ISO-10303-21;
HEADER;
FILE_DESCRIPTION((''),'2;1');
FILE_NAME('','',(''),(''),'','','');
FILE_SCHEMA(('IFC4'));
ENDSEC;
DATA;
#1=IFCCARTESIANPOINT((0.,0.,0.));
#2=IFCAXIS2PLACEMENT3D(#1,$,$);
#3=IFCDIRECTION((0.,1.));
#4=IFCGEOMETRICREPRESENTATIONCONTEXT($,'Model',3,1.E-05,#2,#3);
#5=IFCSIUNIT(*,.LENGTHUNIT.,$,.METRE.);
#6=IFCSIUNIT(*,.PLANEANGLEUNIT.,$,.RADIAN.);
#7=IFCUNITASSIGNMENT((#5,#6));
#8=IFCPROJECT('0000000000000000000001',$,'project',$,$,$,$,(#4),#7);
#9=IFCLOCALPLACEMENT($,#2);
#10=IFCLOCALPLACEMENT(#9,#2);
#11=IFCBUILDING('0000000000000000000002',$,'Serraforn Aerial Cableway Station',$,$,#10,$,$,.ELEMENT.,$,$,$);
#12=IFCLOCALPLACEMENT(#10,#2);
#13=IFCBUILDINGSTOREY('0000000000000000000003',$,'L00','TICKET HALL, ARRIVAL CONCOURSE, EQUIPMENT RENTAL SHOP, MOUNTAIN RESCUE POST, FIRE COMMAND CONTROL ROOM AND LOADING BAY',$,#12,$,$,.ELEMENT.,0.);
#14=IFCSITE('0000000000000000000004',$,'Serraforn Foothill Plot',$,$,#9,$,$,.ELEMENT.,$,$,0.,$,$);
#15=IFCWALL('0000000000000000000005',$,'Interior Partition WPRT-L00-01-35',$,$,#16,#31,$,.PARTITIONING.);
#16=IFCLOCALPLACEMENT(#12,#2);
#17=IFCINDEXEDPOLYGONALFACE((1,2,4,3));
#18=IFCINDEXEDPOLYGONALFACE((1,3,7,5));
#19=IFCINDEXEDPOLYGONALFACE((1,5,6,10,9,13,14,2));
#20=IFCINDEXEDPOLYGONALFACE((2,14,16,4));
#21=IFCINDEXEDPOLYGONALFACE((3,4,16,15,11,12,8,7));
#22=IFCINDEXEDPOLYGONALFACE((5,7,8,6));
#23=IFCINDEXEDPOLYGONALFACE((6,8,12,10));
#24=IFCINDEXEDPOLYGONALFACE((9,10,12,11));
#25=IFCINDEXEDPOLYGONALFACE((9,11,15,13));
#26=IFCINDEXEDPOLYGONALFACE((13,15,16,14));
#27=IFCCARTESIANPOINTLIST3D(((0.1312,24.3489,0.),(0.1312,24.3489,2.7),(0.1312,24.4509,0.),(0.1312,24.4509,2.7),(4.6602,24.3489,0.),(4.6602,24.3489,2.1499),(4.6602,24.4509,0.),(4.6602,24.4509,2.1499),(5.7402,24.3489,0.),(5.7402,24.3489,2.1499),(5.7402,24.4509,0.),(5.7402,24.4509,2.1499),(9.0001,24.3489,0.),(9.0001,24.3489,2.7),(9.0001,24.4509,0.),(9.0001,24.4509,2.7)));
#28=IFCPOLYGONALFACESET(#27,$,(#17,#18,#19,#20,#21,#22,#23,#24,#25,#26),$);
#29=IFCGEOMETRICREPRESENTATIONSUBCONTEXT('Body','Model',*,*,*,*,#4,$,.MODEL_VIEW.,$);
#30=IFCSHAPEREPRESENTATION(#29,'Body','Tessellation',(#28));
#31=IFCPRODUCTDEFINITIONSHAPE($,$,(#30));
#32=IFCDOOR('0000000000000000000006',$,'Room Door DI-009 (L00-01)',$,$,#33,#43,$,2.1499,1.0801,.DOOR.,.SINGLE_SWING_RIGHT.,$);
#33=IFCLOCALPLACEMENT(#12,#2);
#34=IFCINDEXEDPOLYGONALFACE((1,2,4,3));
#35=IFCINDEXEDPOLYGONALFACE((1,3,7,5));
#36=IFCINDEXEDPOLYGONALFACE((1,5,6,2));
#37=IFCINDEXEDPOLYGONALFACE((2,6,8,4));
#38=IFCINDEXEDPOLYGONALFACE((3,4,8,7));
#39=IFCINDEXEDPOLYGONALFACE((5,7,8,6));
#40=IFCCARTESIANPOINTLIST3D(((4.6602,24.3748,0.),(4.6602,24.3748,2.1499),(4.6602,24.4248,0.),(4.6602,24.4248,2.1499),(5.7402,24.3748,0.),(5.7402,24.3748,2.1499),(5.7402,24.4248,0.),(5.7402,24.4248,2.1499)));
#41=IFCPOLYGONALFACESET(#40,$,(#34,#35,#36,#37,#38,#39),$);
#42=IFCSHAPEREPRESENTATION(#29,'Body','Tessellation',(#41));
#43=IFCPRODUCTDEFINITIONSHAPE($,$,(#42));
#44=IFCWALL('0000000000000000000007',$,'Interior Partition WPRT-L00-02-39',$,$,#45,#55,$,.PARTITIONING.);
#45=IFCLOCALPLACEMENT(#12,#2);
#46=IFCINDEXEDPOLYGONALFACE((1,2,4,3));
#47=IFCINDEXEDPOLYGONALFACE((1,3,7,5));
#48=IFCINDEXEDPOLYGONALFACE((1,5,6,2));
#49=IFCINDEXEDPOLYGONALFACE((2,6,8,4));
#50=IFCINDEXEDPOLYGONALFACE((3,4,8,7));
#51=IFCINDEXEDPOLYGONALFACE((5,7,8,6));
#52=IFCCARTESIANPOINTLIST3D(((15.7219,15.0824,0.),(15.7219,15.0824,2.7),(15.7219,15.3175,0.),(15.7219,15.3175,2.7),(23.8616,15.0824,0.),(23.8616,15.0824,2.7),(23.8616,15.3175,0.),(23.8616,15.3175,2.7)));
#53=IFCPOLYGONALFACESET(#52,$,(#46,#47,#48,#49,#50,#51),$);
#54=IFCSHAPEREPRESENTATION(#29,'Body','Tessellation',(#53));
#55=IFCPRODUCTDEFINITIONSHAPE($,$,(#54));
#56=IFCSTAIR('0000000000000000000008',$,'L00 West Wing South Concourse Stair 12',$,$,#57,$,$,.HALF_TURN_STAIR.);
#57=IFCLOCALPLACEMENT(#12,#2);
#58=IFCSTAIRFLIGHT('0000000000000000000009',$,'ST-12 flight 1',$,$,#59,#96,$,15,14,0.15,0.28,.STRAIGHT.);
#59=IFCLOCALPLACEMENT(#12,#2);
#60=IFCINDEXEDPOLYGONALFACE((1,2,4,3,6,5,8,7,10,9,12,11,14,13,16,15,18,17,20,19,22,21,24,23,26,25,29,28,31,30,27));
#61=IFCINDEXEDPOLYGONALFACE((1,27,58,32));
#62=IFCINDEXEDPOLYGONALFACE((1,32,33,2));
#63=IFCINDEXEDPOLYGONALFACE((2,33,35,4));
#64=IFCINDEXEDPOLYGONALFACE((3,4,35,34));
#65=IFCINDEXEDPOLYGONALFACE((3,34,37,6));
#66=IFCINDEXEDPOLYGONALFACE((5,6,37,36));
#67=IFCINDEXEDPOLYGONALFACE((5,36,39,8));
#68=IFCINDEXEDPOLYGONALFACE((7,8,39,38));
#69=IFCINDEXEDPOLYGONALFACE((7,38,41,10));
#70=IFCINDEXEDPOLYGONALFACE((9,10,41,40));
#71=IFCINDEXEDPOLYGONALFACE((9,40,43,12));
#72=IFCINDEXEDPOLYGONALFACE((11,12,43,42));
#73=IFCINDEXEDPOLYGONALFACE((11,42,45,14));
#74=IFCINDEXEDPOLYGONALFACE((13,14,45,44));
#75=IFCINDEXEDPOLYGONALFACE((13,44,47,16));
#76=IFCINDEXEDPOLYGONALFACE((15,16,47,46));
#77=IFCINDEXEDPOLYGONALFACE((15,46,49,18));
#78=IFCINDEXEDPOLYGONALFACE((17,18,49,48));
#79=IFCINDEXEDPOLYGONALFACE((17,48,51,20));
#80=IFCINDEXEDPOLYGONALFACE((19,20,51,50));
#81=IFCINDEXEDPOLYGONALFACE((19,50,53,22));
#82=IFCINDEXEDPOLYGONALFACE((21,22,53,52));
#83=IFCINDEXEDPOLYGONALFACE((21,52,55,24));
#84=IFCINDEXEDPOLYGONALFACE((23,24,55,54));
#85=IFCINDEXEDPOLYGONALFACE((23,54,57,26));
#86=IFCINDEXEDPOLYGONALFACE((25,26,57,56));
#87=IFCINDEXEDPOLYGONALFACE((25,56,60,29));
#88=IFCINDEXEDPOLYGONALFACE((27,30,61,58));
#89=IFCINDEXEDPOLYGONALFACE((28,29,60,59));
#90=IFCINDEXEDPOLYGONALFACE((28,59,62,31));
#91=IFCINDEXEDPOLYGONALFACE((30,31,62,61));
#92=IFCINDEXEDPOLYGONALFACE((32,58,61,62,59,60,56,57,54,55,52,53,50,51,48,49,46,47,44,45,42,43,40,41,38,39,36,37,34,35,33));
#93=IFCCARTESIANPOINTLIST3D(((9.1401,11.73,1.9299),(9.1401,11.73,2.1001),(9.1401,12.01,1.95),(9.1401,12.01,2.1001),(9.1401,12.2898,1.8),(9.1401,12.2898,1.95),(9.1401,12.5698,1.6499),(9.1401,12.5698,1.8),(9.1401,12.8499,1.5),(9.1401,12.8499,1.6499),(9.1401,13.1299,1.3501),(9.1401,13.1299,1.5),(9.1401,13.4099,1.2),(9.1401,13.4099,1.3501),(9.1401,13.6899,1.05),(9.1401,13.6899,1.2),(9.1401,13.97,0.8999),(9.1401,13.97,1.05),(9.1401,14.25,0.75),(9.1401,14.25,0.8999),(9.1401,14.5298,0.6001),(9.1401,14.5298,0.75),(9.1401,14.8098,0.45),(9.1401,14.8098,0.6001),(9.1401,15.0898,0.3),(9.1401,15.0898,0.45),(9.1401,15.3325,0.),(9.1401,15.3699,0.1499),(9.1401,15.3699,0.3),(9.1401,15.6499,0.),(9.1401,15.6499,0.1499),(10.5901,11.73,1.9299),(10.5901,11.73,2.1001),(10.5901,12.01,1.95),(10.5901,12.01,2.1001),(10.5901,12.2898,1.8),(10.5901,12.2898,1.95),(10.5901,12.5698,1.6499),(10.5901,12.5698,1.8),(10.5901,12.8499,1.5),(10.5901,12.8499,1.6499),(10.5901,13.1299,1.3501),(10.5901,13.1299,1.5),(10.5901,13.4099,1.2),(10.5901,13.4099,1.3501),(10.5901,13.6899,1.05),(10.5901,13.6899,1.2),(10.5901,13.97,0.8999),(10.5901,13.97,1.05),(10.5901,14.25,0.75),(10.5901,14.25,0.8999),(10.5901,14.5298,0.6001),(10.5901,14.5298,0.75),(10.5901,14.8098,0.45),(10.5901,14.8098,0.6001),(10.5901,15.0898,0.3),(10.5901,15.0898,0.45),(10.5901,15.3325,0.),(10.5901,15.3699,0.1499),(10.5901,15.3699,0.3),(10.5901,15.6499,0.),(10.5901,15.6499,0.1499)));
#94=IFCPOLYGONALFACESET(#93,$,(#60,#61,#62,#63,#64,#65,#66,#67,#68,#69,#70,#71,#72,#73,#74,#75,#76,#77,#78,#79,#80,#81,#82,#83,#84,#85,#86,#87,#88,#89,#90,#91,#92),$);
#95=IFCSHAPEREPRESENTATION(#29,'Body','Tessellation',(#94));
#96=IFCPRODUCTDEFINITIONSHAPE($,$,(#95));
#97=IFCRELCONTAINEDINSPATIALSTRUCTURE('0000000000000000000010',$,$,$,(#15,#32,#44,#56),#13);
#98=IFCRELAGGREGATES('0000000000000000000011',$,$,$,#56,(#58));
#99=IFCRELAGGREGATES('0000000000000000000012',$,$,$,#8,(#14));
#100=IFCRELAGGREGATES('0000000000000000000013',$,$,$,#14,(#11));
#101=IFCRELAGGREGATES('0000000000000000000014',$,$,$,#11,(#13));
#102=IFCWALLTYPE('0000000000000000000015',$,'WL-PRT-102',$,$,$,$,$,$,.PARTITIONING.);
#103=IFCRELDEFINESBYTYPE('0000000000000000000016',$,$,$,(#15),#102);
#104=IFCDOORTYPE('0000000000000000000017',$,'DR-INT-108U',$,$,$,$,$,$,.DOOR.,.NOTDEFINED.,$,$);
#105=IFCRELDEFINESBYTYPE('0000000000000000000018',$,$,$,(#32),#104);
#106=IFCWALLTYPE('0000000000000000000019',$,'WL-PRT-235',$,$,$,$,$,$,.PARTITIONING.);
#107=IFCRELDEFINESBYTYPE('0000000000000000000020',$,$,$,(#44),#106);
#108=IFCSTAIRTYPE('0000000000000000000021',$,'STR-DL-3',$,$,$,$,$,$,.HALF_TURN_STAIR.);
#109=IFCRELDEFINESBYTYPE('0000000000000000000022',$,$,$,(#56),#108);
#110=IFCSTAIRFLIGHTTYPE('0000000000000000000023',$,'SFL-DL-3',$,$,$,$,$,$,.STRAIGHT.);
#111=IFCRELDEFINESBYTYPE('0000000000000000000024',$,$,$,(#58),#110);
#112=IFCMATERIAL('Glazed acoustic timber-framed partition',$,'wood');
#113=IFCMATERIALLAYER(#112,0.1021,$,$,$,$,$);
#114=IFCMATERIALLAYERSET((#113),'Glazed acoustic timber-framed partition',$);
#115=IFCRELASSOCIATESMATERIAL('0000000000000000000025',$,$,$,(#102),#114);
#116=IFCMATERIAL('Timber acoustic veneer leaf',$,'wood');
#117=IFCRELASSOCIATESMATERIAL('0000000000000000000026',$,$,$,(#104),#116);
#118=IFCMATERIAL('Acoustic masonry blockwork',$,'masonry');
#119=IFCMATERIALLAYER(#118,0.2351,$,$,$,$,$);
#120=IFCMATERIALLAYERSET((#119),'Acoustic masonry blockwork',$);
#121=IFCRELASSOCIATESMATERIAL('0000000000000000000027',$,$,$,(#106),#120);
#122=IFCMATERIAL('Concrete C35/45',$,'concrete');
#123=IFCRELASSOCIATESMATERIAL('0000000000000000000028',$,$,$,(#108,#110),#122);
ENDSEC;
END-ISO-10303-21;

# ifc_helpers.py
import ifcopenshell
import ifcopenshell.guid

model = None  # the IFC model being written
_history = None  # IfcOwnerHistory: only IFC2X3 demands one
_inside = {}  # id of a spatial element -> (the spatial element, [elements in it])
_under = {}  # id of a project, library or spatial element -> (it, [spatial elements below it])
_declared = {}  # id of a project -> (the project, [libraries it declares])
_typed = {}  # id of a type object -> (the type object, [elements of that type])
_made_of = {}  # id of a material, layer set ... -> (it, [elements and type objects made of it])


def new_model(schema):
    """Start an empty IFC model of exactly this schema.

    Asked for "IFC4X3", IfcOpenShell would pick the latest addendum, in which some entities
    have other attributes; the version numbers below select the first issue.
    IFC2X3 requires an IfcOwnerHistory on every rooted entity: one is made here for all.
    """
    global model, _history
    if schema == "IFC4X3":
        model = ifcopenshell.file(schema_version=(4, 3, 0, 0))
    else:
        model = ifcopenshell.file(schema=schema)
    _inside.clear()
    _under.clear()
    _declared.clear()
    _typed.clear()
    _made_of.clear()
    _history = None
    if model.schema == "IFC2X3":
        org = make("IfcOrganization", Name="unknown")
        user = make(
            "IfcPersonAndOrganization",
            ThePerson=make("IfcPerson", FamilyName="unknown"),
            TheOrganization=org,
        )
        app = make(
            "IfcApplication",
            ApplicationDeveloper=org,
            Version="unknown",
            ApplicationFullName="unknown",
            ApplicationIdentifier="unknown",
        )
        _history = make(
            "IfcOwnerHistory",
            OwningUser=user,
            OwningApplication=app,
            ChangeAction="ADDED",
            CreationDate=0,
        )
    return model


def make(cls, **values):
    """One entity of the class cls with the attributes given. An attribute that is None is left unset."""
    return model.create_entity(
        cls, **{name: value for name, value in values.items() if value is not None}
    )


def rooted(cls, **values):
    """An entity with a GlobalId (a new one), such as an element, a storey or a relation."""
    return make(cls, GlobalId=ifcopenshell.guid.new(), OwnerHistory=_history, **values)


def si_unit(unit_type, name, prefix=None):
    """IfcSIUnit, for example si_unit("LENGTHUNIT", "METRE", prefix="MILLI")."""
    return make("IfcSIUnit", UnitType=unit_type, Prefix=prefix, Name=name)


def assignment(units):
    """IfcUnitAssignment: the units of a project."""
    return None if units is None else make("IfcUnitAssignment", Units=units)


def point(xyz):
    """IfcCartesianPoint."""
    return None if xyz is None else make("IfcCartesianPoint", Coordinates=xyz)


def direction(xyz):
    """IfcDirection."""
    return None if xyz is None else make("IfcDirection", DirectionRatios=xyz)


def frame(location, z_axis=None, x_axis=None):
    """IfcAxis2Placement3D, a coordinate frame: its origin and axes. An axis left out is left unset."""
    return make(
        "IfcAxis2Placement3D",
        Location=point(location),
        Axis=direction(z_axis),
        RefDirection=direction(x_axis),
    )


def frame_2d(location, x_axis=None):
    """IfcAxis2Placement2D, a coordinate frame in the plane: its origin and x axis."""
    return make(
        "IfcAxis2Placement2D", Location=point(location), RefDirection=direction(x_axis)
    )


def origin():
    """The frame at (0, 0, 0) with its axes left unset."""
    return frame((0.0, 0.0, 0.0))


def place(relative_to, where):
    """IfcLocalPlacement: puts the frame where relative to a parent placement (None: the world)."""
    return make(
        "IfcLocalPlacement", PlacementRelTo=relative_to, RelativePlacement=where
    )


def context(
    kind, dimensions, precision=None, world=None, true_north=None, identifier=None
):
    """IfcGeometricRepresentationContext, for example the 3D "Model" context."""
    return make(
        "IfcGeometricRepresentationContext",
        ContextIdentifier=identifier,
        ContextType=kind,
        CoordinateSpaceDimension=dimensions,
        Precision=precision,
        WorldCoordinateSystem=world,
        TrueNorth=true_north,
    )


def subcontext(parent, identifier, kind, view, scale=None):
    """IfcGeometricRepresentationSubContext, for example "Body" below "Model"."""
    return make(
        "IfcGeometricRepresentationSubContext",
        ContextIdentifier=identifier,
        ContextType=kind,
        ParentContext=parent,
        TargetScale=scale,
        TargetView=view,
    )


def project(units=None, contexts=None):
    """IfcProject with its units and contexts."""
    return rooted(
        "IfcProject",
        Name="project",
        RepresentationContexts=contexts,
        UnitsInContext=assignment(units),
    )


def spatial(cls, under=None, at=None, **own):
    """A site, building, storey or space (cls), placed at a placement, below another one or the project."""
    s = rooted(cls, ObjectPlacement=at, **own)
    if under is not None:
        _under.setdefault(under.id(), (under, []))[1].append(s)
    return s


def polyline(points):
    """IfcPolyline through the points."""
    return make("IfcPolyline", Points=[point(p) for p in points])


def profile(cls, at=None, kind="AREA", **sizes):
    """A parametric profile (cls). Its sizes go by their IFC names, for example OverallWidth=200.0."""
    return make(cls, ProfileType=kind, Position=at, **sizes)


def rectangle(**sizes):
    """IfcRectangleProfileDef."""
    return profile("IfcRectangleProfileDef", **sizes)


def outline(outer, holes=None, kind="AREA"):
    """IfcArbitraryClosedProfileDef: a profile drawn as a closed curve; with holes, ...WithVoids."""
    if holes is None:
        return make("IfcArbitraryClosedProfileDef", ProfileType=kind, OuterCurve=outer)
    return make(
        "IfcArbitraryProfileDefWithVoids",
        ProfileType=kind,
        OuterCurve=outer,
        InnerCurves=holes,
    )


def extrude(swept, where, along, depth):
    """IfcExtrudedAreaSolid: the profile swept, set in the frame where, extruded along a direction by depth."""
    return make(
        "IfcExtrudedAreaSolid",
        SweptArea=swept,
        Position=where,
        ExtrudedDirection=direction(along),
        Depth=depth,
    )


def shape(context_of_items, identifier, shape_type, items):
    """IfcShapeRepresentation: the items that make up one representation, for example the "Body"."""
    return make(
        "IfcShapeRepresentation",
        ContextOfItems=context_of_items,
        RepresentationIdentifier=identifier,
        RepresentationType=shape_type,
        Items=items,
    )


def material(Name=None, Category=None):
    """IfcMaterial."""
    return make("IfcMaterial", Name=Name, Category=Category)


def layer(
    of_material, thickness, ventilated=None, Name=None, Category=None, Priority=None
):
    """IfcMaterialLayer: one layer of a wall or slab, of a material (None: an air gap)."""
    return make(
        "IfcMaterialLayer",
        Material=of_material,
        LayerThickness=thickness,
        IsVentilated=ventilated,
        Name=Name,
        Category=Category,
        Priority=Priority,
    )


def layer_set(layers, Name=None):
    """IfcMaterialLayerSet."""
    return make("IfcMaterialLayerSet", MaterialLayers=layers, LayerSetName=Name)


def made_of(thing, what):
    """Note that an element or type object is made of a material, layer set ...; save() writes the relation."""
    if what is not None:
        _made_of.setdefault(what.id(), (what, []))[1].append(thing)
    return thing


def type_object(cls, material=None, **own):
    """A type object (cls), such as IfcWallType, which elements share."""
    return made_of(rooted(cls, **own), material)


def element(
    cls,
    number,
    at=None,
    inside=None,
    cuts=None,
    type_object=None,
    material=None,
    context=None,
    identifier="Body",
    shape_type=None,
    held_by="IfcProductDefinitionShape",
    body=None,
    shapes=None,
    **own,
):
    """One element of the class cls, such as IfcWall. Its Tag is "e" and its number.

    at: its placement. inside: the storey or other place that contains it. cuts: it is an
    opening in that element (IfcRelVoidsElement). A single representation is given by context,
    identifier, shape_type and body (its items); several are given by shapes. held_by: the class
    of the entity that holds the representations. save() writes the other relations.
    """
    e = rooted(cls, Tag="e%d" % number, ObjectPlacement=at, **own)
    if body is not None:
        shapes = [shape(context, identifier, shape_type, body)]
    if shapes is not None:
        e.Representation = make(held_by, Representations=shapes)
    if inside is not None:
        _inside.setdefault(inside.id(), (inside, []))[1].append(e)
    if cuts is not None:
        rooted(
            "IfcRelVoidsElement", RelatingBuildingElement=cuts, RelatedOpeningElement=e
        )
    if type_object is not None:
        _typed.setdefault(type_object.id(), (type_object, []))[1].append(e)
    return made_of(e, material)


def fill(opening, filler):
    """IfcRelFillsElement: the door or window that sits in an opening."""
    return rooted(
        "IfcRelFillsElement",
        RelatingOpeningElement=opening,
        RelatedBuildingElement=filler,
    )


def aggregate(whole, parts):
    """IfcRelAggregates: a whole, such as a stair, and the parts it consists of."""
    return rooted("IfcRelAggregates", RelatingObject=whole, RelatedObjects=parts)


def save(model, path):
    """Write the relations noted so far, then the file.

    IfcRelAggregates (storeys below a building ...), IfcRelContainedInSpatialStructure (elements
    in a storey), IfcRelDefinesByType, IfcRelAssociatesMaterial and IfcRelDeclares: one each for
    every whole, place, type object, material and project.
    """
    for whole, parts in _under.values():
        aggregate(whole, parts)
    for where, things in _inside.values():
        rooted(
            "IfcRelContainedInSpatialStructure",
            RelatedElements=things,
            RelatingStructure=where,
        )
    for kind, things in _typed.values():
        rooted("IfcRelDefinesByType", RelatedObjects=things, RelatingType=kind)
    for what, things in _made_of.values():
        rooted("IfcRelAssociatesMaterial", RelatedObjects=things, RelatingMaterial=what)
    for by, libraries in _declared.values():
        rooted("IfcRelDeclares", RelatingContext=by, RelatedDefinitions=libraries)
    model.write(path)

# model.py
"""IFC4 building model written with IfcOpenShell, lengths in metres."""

from ifc_helpers import new_model, si_unit, direction, frame, frame_2d, origin, place, context, subcontext, project, spatial, polyline, rectangle, outline, extrude, material, layer, layer_set, type_object, element, fill, aggregate, save


model = new_model("IFC4")

# Units and contexts
model_context = context("Model", 3, precision=1e-05, world=origin(), true_north=direction((0.0, 1.0)))
body_context = subcontext(model_context, "Body", "Model", "MODEL_VIEW")
ifc_project = project(units=[si_unit("LENGTHUNIT", "METRE"), si_unit("PLANEANGLEUNIT", "RADIAN")], contexts=[model_context])

# Site, building, storey
site_placement = place(None, origin())
site = spatial("IfcSite", under=ifc_project, at=site_placement, Name="Serraforn Foothill Plot", CompositionType="ELEMENT", RefElevation=0.0)
building_placement = place(site_placement, origin())
building = spatial("IfcBuilding", under=site, at=building_placement, Name="Serraforn Aerial Cableway Station", CompositionType="ELEMENT")
storey_placement = place(building_placement, origin())
storey = spatial("IfcBuildingStorey", under=building, at=storey_placement, Name="L00", Description="TICKET HALL, ARRIVAL CONCOURSE, EQUIPMENT RENTAL SHOP, MOUNTAIN RESCUE POST, FIRE COMMAND CONTROL ROOM AND LOADING BAY", CompositionType="ELEMENT", Elevation=0.0)

# Shared definitions
ifc_material_1 = material(Name="Concrete C35/45", Category="concrete")

# Shared definitions
ifc_material_2 = material(Name="Glazed acoustic timber-framed partition", Category="wood")

# Wall, opening, door
ifc_layer_1 = layer(ifc_material_2, 0.1021)
ifc_layer_set_1 = layer_set([ifc_layer_1], Name="Glazed acoustic timber-framed partition")
wall_type_1 = type_object("IfcWallType", Name="WL-PRT-102", PredefinedType="PARTITIONING", material=ifc_layer_set_1)
wall_1_placement = place(storey_placement, frame((0.1311, 24.3999, 0.0), z_axis=(0.0, 0.0, 1.0), x_axis=(1.0, 0.0, 0.0)))
wall_1 = element("IfcWall", 1, at=wall_1_placement, inside=storey, type_object=wall_type_1, Name="Interior Partition WPRT-L00-01-35", PredefinedType="PARTITIONING", context=body_context, shape_type="SweptSolid", body=[
    extrude(rectangle(XDim=8.8689, YDim=0.1021, at=frame_2d((4.4346, 0.0))), origin(), (0.0, 0.0, 1.0), 2.7),
])
opening_1_placement = place(wall_1_placement, frame((4.5291, 0.0, 0.0)))
opening_1 = element("IfcOpeningElement", 2, at=opening_1_placement, cuts=wall_1, PredefinedType="OPENING", context=body_context, shape_type="SweptSolid", body=[
    extrude(rectangle(XDim=1.0801, YDim=2.1499, at=frame_2d((0.54, 1.075))), frame((0.0, 0.061, 0.0), z_axis=(0.0, -1.0, 0.0), x_axis=(1.0, 0.0, 0.0)), (0.0, 0.0, 1.0), 0.1221),
])
ifc_material_3 = material(Name="Timber acoustic veneer leaf", Category="wood")
door_type_1 = type_object("IfcDoorType", Name="DR-INT-108U", OperationType="NOTDEFINED", PredefinedType="DOOR", material=ifc_material_3)
door_1_placement = place(opening_1_placement, origin())
door_1 = element("IfcDoor", 3, at=door_1_placement, inside=storey, type_object=door_type_1, Name="Room Door DI-009 (L00-01)", OperationType="SINGLE_SWING_RIGHT", OverallHeight=2.1499, OverallWidth=1.0801, PredefinedType="DOOR", context=body_context, shape_type="SweptSolid", body=[
    extrude(rectangle(XDim=1.0801, YDim=2.1499, at=frame_2d((0.54, 1.075))), frame((0.0, 0.0249, 0.0), z_axis=(0.0, -1.0, 0.0), x_axis=(1.0, 0.0, 0.0)), (0.0, 0.0, 1.0), 0.05),
])
fill(opening_1, door_1)

# Wall
ifc_material_4 = material(Name="Acoustic masonry blockwork", Category="masonry")
ifc_layer_2 = layer(ifc_material_4, 0.2351)
ifc_layer_set_2 = layer_set([ifc_layer_2], Name="Acoustic masonry blockwork")
wall_type_2 = type_object("IfcWallType", Name="WL-PRT-235", PredefinedType="PARTITIONING", material=ifc_layer_set_2)
wall_2_placement = place(storey_placement, frame((15.7219, 15.2, 0.0), z_axis=(0.0, 0.0, 1.0), x_axis=(1.0, 0.0, 0.0)))
element("IfcWall", 4, at=wall_2_placement, inside=storey, type_object=wall_type_2, Name="Interior Partition WPRT-L00-02-39", PredefinedType="PARTITIONING", context=body_context, shape_type="SweptSolid", body=[
    extrude(rectangle(XDim=8.1396, YDim=0.2351, at=frame_2d((4.0698, 0.0))), origin(), (0.0, 0.0, 1.0), 2.7),
])

# Stair, stair flight
stair_type = type_object("IfcStairType", Name="STR-DL-3", PredefinedType="HALF_TURN_STAIR", material=ifc_material_1)
stair_placement = place(storey_placement, origin())
stair = element("IfcStair", 5, at=stair_placement, inside=storey, type_object=stair_type, Name="L00 West Wing South Concourse Stair 12", PredefinedType="HALF_TURN_STAIR")
stair_flight_type = type_object("IfcStairFlightType", Name="SFL-DL-3", PredefinedType="STRAIGHT", material=ifc_material_1)
stair_flight_placement = place(storey_placement, frame((9.865, 15.6499, 0.0), z_axis=(0.0, 0.0, 1.0), x_axis=(0.0, -1.0, 0.0)))
stair_flight = element("IfcStairFlight", 6, at=stair_flight_placement, type_object=stair_flight_type, Name="ST-12 flight 1", NumberOfRisers=15, NumberOfTreads=14, PredefinedType="STRAIGHT", RiserHeight=0.15, TreadLength=0.28, context=body_context, shape_type="SweptSolid", body=[
    extrude(outline(polyline([(0.0, 0.0), (0.0, 0.1499), (0.28, 0.1499), (0.28, 0.3), (0.5601, 0.3), (0.5601, 0.45), (0.8401, 0.45), (0.8401, 0.6001), (1.1201, 0.6001), (1.1201, 0.75), (1.3999, 0.75), (1.3999, 0.8999), (1.6799, 0.8999), (1.6799, 1.05), (1.96, 1.05), (1.96, 1.2), (2.24, 1.2), (2.24, 1.3501), (2.52, 1.3501), (2.52, 1.5), (2.8, 1.5), (2.8, 1.6499), (3.0801, 1.6499), (3.0801, 1.8), (3.3601, 1.8), (3.3601, 1.95), (3.6399, 1.95), (3.6399, 2.1001), (3.9199, 2.1001), (3.9199, 2.25), (3.9199, 1.9299), (0.3174, 0.0), (0.0, 0.0)])), frame((0.0, 0.7251, 0.0), z_axis=(0.0, -1.0, 0.0), x_axis=(1.0, 0.0, 0.0)), (0.0, 0.0, 1.0), 1.45),
])
aggregate(stair, [stair_flight])

save(model, "model.ifc")
